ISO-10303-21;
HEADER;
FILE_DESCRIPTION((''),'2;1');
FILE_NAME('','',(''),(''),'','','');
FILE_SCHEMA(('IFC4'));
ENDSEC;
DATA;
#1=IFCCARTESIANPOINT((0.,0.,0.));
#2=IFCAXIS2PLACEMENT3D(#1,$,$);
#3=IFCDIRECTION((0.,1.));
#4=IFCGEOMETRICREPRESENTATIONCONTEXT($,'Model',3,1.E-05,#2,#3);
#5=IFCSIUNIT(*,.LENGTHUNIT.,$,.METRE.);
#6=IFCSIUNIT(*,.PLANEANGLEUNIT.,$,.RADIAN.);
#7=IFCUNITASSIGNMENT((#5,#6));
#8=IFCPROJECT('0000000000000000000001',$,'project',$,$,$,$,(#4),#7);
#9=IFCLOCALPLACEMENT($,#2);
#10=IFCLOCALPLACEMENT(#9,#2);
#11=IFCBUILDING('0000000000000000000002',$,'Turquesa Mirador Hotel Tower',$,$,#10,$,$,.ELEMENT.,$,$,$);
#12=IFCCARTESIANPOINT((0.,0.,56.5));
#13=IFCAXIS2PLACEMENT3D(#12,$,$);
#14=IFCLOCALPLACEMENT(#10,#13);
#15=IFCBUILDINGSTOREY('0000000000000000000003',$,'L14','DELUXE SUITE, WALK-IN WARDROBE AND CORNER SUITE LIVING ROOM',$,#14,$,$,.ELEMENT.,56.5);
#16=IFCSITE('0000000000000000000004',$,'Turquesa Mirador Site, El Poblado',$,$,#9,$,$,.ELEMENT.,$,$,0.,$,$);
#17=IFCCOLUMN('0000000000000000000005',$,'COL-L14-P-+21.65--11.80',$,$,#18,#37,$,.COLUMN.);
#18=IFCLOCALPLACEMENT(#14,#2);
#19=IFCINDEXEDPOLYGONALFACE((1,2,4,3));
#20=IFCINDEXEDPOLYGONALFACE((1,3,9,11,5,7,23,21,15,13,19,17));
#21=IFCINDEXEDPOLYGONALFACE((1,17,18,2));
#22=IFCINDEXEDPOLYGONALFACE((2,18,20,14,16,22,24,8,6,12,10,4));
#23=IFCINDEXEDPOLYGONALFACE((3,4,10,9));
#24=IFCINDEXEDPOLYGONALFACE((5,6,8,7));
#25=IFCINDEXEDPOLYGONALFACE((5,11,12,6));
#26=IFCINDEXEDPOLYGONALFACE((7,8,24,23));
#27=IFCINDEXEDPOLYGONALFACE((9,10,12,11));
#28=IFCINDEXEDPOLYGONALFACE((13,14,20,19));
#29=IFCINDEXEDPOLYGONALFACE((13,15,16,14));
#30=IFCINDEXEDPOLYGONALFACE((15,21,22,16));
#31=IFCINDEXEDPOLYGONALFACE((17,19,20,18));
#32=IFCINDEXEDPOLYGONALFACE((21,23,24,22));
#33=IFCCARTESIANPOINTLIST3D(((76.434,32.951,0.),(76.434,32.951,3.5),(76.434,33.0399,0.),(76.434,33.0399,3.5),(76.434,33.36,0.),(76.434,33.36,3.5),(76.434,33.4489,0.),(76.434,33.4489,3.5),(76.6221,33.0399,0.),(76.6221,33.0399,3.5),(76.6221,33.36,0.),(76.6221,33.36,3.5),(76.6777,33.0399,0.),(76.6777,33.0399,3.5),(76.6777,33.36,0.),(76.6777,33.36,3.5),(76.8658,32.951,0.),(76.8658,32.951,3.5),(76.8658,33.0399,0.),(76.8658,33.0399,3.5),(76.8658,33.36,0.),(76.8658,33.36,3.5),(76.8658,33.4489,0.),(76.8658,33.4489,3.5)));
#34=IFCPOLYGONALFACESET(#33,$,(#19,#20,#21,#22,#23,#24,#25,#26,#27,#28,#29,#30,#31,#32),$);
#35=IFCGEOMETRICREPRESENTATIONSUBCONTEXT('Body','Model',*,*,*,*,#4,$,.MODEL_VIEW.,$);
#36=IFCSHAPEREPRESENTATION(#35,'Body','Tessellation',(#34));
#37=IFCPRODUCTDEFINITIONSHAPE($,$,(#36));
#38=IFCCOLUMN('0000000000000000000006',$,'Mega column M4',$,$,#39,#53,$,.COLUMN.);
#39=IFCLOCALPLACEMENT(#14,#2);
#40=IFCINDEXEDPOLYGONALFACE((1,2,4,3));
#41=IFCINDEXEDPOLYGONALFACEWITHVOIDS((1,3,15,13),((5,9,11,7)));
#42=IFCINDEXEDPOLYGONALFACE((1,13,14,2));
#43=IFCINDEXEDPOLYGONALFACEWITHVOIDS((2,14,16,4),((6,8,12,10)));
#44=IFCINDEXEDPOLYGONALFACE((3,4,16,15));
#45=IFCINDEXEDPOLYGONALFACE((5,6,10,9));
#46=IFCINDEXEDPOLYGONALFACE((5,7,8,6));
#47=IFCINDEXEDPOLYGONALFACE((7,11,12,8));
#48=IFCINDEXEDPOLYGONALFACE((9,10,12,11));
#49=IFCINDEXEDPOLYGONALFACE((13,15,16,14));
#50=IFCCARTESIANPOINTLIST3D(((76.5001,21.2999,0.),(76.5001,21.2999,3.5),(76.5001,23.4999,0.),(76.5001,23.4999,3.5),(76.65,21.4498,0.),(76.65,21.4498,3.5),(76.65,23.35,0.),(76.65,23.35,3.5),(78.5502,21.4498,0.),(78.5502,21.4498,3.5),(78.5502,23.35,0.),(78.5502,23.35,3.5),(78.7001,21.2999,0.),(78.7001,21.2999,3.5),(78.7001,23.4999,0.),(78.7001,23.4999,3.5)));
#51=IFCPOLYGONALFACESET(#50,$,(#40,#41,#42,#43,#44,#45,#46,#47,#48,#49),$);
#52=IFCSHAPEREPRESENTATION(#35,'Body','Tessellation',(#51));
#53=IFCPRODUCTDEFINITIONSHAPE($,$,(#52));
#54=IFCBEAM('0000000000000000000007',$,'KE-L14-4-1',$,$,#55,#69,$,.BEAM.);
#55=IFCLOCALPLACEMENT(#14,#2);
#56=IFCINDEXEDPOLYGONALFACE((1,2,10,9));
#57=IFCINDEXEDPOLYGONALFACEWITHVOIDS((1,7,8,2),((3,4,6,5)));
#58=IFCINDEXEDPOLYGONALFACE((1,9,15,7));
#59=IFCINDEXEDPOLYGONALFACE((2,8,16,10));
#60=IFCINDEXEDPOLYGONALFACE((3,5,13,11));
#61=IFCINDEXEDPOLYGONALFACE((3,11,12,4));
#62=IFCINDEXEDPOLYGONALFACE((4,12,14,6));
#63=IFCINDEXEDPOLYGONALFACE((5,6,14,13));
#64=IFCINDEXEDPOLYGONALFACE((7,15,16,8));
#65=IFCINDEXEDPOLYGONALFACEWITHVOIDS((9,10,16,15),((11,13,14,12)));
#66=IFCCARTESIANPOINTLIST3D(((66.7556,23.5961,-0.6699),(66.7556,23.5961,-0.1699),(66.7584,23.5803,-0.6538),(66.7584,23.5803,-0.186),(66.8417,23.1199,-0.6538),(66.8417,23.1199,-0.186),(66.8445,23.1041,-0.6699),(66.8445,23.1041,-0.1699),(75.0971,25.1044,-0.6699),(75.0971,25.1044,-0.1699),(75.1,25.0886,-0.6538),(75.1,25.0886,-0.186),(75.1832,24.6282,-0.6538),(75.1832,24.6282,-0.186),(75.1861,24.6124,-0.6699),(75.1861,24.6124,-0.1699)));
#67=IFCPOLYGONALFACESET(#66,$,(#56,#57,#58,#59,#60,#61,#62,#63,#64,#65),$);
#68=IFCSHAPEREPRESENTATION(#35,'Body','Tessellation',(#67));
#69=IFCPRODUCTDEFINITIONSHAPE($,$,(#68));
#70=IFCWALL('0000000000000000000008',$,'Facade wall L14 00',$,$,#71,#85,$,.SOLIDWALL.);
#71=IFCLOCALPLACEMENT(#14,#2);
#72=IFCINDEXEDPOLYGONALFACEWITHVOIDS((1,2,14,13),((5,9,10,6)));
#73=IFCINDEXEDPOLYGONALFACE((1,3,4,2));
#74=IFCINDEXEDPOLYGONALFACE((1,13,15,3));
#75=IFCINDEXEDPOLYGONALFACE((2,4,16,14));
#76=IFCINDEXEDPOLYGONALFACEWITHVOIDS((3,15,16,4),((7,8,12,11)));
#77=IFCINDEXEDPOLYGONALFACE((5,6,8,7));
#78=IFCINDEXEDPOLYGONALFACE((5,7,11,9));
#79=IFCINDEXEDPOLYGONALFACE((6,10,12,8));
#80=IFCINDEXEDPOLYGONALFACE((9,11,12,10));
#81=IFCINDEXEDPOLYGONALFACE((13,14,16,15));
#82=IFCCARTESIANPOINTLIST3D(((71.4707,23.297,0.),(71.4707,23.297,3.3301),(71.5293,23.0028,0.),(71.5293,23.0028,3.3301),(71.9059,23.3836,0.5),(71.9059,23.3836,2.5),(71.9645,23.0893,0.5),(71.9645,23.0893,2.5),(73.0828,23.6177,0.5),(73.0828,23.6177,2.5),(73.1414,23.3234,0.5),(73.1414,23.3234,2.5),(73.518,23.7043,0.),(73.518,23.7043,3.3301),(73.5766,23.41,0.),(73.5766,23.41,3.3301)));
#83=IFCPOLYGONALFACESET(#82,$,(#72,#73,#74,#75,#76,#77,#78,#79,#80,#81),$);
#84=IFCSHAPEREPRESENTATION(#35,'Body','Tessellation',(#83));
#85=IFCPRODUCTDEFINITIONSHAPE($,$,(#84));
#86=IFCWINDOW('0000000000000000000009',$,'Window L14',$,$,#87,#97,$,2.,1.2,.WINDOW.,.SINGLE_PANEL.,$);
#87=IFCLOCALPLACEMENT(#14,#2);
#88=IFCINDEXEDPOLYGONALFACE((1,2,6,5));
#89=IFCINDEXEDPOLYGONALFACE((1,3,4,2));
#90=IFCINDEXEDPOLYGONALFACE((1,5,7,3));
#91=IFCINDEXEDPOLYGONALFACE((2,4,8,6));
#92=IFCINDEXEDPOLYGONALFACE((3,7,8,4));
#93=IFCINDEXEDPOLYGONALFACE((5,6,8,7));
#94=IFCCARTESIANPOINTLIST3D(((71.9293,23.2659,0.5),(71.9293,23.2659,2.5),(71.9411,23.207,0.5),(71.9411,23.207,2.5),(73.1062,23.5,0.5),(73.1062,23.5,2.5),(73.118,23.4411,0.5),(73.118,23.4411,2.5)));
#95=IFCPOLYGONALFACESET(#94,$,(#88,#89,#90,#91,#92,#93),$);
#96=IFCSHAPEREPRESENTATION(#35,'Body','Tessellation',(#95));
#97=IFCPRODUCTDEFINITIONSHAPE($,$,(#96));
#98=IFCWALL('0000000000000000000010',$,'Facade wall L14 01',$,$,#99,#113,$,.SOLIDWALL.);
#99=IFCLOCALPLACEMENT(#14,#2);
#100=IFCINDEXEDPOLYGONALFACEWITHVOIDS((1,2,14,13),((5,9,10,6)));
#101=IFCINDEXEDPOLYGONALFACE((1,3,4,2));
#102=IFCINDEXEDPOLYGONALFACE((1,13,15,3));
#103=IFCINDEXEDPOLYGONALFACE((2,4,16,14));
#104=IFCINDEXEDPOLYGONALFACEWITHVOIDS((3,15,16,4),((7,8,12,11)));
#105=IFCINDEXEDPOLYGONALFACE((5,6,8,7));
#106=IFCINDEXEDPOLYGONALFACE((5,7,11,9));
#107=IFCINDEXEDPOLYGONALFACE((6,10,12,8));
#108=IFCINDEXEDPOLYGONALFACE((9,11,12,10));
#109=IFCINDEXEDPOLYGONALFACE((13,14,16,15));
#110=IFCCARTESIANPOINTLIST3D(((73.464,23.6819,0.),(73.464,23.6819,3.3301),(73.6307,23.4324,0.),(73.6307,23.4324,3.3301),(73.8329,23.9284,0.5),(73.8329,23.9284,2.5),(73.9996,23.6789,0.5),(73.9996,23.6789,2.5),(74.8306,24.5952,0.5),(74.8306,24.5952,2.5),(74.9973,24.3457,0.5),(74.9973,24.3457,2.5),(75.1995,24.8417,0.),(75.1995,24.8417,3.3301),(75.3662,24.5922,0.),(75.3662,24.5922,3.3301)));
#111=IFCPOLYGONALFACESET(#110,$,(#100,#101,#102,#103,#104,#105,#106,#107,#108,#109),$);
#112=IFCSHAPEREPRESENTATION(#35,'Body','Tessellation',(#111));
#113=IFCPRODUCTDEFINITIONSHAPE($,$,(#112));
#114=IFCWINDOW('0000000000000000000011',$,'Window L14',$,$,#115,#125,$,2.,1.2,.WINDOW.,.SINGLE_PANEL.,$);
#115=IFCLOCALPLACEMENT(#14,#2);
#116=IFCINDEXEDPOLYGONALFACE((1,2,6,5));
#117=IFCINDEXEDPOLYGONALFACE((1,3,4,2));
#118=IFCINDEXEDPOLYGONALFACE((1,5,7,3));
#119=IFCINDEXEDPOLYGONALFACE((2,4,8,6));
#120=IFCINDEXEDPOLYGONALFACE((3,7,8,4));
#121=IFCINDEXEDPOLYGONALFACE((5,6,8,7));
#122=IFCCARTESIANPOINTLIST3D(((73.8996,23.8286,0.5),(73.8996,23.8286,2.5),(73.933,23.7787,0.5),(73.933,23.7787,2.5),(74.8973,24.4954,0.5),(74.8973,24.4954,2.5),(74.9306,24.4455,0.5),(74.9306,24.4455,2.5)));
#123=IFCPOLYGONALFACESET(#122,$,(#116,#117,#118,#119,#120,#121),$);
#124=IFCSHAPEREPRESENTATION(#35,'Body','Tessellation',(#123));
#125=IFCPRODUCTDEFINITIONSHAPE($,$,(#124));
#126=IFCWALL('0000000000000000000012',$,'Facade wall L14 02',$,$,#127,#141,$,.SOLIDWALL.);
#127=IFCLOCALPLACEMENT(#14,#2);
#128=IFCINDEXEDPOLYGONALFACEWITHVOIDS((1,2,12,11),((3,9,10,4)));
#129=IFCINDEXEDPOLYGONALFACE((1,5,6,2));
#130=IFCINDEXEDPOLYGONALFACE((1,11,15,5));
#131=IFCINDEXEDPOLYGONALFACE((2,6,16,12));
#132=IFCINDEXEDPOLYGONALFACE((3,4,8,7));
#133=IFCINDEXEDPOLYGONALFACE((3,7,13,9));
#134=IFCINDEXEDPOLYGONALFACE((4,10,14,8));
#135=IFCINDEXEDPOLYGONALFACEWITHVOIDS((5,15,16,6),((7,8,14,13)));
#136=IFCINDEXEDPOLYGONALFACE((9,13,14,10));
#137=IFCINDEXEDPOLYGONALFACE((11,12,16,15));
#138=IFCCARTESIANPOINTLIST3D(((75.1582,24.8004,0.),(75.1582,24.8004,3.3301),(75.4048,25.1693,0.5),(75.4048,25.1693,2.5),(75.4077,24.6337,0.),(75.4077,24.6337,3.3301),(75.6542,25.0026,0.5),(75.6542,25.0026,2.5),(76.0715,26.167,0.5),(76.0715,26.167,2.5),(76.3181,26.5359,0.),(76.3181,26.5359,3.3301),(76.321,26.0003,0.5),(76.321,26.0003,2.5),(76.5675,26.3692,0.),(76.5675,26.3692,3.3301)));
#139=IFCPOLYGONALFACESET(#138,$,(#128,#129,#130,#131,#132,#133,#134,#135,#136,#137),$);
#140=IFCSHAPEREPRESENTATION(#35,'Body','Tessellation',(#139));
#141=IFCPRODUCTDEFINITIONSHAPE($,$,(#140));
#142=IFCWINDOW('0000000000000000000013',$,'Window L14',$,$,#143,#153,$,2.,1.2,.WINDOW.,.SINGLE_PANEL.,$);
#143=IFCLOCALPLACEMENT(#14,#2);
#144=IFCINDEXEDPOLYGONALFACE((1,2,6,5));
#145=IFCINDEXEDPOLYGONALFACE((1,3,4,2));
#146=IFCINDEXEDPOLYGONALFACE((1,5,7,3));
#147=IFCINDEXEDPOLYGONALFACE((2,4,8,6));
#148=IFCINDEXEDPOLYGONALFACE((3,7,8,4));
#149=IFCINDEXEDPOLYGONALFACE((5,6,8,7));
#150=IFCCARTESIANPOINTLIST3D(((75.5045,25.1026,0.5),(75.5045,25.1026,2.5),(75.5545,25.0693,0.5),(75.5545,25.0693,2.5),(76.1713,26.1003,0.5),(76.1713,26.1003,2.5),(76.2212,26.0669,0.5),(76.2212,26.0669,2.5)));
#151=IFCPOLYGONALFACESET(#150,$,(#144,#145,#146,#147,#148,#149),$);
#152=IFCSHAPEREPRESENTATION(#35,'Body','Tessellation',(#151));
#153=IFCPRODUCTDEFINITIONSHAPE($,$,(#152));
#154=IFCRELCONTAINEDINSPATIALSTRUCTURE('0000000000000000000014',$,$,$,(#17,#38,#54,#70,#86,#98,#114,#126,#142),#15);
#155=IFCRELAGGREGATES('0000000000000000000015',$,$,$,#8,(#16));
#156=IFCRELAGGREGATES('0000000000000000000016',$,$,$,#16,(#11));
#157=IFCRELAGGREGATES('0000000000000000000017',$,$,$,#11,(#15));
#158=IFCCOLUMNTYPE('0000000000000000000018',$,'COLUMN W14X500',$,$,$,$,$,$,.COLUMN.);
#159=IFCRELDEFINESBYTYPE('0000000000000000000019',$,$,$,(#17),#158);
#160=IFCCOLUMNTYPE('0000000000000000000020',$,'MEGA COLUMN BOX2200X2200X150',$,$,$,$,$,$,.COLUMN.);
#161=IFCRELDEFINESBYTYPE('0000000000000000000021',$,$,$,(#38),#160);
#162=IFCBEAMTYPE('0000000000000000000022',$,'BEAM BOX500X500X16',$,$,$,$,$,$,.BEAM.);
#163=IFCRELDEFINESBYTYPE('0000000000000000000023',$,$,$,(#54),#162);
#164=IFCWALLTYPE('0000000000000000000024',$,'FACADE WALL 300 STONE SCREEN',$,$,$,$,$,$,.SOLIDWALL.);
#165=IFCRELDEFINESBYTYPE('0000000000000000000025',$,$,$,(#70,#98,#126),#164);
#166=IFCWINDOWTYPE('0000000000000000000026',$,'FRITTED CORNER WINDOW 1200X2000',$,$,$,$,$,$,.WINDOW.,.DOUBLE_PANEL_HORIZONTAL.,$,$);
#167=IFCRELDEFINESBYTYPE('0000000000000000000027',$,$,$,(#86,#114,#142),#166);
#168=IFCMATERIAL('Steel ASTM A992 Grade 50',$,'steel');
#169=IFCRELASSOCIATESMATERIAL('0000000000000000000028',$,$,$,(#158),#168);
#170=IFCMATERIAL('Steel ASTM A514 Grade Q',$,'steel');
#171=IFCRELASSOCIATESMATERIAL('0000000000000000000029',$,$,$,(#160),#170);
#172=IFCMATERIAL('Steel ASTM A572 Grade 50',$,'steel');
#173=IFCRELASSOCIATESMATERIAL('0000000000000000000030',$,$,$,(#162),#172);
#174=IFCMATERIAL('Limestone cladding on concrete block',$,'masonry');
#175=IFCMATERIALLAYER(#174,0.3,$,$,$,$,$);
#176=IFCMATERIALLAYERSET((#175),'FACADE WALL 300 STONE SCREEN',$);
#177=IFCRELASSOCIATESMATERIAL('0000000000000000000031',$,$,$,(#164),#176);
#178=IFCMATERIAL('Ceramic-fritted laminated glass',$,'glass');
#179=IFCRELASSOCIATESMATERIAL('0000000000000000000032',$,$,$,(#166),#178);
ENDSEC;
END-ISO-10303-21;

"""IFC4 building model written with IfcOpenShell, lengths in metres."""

from ifc_helpers import new_model, si_unit, direction, frame, frame_2d, origin, origin_2d, place, context, subcontext, project, spatial, rectangle, hollow_rectangle, i_section, extrude, material, layer, layer_set, material_profile, profile_set, type_object, element, fill, save


model = new_model("IFC4")

# Units and contexts
model_context = context("Model", 3, precision=1e-05, world=origin(), true_north=direction((0.0, 1.0)))
body_context = subcontext(model_context, "Body", "Model", "MODEL_VIEW")
ifc_project = project(units=[si_unit("LENGTHUNIT", "METRE"), si_unit("PLANEANGLEUNIT", "RADIAN")], contexts=[model_context])

# Site, building, storey
site_placement = place(None, origin())
site = spatial("IfcSite", under=ifc_project, at=site_placement, Name="Turquesa Mirador Site, El Poblado", CompositionType="ELEMENT", RefElevation=0.0)
building_placement = place(site_placement, origin())
building = spatial("IfcBuilding", under=site, at=building_placement, Name="Turquesa Mirador Hotel Tower", CompositionType="ELEMENT")
storey_placement = place(building_placement, frame((0.0, 0.0, 56.5)))
storey = spatial("IfcBuildingStorey", under=building, at=storey_placement, Name="L14", Description="DELUXE SUITE, WALK-IN WARDROBE AND CORNER SUITE LIVING ROOM", CompositionType="ELEMENT", Elevation=56.5)

# Columns
ifc_material_1 = material(Name="Steel ASTM A992 Grade 50", Category="steel")
ifc_material_profile_1 = material_profile(ifc_material_1, i_section(OverallWidth=0.4319, OverallDepth=0.4978, WebThickness=0.0557, FlangeThickness=0.0889, at=origin_2d()), Name="W14X500")
ifc_profile_set_1 = profile_set([ifc_material_profile_1], Name="Steel ASTM A992 Grade 50")
column_type_1 = type_object("IfcColumnType", Name="COLUMN W14X500", PredefinedType="COLUMN", material=ifc_profile_set_1)
column_1_placement = place(storey_placement, frame((76.6499, 33.2, 0.0), z_axis=(0.0, 0.0, 1.0), x_axis=(1.0, 0.0, 0.0)))
element("IfcColumn", 1, at=column_1_placement, inside=storey, type_object=column_type_1, Name="COL-L14-P-+21.65--11.80", PredefinedType="COLUMN", context=body_context, shape_type="SweptSolid", body=[
    extrude(i_section(OverallWidth=0.4319, OverallDepth=0.4978, WebThickness=0.0557, FlangeThickness=0.0889, at=origin_2d()), origin(), (0.0, 0.0, 1.0), 3.5),
])
ifc_material_2 = material(Name="Steel ASTM A514 Grade Q", Category="steel")
ifc_material_profile_2 = material_profile(ifc_material_2, hollow_rectangle(XDim=2.2, YDim=2.2, WallThickness=0.1499, at=origin_2d()), Name="BOX2200X2200X150")
ifc_profile_set_2 = profile_set([ifc_material_profile_2], Name="Steel ASTM A514 Grade Q")
column_type_2 = type_object("IfcColumnType", Name="MEGA COLUMN BOX2200X2200X150", PredefinedType="COLUMN", material=ifc_profile_set_2)
column_2_placement = place(storey_placement, frame((77.6001, 22.3999, 0.0), z_axis=(0.0, 0.0, 1.0), x_axis=(1.0, 0.0, 0.0)))
element("IfcColumn", 2, at=column_2_placement, inside=storey, type_object=column_type_2, Name="Mega column M4", PredefinedType="COLUMN", context=body_context, shape_type="SweptSolid", body=[
    extrude(hollow_rectangle(XDim=2.2, YDim=2.2, WallThickness=0.1499, at=origin_2d()), origin(), (0.0, 0.0, 1.0), 3.5),
])

# Beam
ifc_material_3 = material(Name="Steel ASTM A572 Grade 50", Category="steel")
ifc_material_profile_3 = material_profile(ifc_material_3, hollow_rectangle(XDim=0.5, YDim=0.5, WallThickness=0.0161, at=origin_2d()), Name="BOX500X500X16")
ifc_profile_set_3 = profile_set([ifc_material_profile_3], Name="Steel ASTM A572 Grade 50")
beam_type = type_object("IfcBeamType", Name="BEAM BOX500X500X16", PredefinedType="BEAM", material=ifc_profile_set_3)
beam_placement = place(storey_placement, frame((75.1416, 24.8584, -0.4199), z_axis=(-0.984043, -0.177932, 0.0), x_axis=(0.177932, -0.984043, 0.0)))
element("IfcBeam", 3, at=beam_placement, inside=storey, type_object=beam_type, Name="KE-L14-4-1", PredefinedType="BEAM", context=body_context, shape_type="SweptSolid", body=[
    extrude(hollow_rectangle(XDim=0.5, YDim=0.5, WallThickness=0.0161, at=origin_2d()), origin(), (0.0, 0.0, 1.0), 8.4768),
])

# Walls, openings, windows
ifc_material_4 = material(Name="Limestone cladding on concrete block", Category="masonry")
ifc_layer_1 = layer(ifc_material_4, 0.3)
ifc_layer_set_1 = layer_set([ifc_layer_1], Name="FACADE WALL 300 STONE SCREEN")
wall_type_1 = type_object("IfcWallType", Name="FACADE WALL 300 STONE SCREEN", PredefinedType="SOLIDWALL", material=ifc_layer_set_1)
wall_1_placement = place(storey_placement, frame((71.5, 23.1499, 0.0), z_axis=(0.0, 0.0, 1.0), x_axis=(0.980787, 0.195081, 0.0)))
wall_1 = element("IfcWall", 4, at=wall_1_placement, inside=storey, type_object=wall_type_1, Name="Facade wall L14 00", PredefinedType="SOLIDWALL", context=body_context, shape_type="SweptSolid", body=[
    extrude(rectangle(XDim=2.0874, YDim=0.3, at=frame_2d((1.0437, 0.0))), origin(), (0.0, 0.0, 1.0), 3.3301),
])
opening_1_placement = place(wall_1_placement, frame((0.4436, 0.0, 0.5)))
opening_1 = element("IfcOpeningElement", 5, at=opening_1_placement, cuts=wall_1, PredefinedType="OPENING", context=body_context, shape_type="SweptSolid", body=[
    extrude(rectangle(XDim=1.2, YDim=2.0, at=frame_2d((0.6001, 1.0))), frame((0.0, 0.1599, 0.0), z_axis=(0.0, -1.0, 0.0), x_axis=(1.0, 0.0, 0.0)), (0.0, 0.0, 1.0), 0.3201),
])
ifc_material_5 = material(Name="Ceramic-fritted laminated glass", Category="glass")
window_type_1 = type_object("IfcWindowType", Name="FRITTED CORNER WINDOW 1200X2000", PartitioningType="DOUBLE_PANEL_HORIZONTAL", PredefinedType="WINDOW", material=ifc_material_5)
window_1_placement = place(opening_1_placement, origin())
window_1 = element("IfcWindow", 6, at=window_1_placement, inside=storey, type_object=window_type_1, Name="Window L14", OverallHeight=2.0, OverallWidth=1.2, PartitioningType="SINGLE_PANEL", PredefinedType="WINDOW", context=body_context, shape_type="SweptSolid", body=[
    extrude(rectangle(XDim=1.2, YDim=2.0, at=frame_2d((0.6001, 1.0))), frame((0.0, 0.03, 0.0), z_axis=(0.0, -1.0, 0.0), x_axis=(1.0, 0.0, 0.0)), (0.0, 0.0, 1.0), 0.0601),
])
fill(opening_1, window_1)
wall_2_placement = place(storey_placement, frame((73.5474, 23.5571, 0.0), z_axis=(0.0, 0.0, 1.0), x_axis=(0.83142, 0.555644, 0.0)))
wall_2 = element("IfcWall", 7, at=wall_2_placement, inside=storey, type_object=wall_type_1, Name="Facade wall L14 01", PredefinedType="SOLIDWALL", context=body_context, shape_type="SweptSolid", body=[
    extrude(rectangle(XDim=2.0874, YDim=0.3, at=frame_2d((1.0437, 0.0))), origin(), (0.0, 0.0, 1.0), 3.3301),
])
opening_2_placement = place(wall_2_placement, frame((0.4436, 0.0, 0.5)))
opening_2 = element("IfcOpeningElement", 8, at=opening_2_placement, cuts=wall_2, PredefinedType="OPENING", context=body_context, shape_type="SweptSolid", body=[
    extrude(rectangle(XDim=1.2, YDim=2.0, at=frame_2d((0.6001, 1.0))), frame((0.0, 0.1599, 0.0), z_axis=(0.0, -1.0, 0.0), x_axis=(1.0, 0.0, 0.0)), (0.0, 0.0, 1.0), 0.3201),
])
window_2_placement = place(opening_2_placement, origin())
window_2 = element("IfcWindow", 9, at=window_2_placement, inside=storey, type_object=window_type_1, Name="Window L14", OverallHeight=2.0, OverallWidth=1.2, PartitioningType="SINGLE_PANEL", PredefinedType="WINDOW", context=body_context, shape_type="SweptSolid", body=[
    extrude(rectangle(XDim=1.2, YDim=2.0, at=frame_2d((0.6001, 1.0))), frame((0.0, 0.03, 0.0), z_axis=(0.0, -1.0, 0.0), x_axis=(1.0, 0.0, 0.0)), (0.0, 0.0, 1.0), 0.0601),
])
fill(opening_2, window_2)
wall_3_placement = place(storey_placement, frame((75.283, 24.717, 0.0), z_axis=(0.0, 0.0, 1.0), x_axis=(0.555644, 0.83142, 0.0)))
wall_3 = element("IfcWall", 10, at=wall_3_placement, inside=storey, type_object=wall_type_1, Name="Facade wall L14 02", PredefinedType="SOLIDWALL", context=body_context, shape_type="SweptSolid", body=[
    extrude(rectangle(XDim=2.0874, YDim=0.3, at=frame_2d((1.0437, 0.0))), origin(), (0.0, 0.0, 1.0), 3.3301),
])
opening_3_placement = place(wall_3_placement, frame((0.4436, 0.0, 0.5)))
opening_3 = element("IfcOpeningElement", 11, at=opening_3_placement, cuts=wall_3, PredefinedType="OPENING", context=body_context, shape_type="SweptSolid", body=[
    extrude(rectangle(XDim=1.2, YDim=2.0, at=frame_2d((0.6001, 1.0))), frame((0.0, 0.1599, 0.0), z_axis=(0.0, -1.0, 0.0), x_axis=(1.0, 0.0, 0.0)), (0.0, 0.0, 1.0), 0.3201),
])
window_3_placement = place(opening_3_placement, origin())
window_3 = element("IfcWindow", 12, at=window_3_placement, inside=storey, type_object=window_type_1, Name="Window L14", OverallHeight=2.0, OverallWidth=1.2, PartitioningType="SINGLE_PANEL", PredefinedType="WINDOW", context=body_context, shape_type="SweptSolid", body=[
    extrude(rectangle(XDim=1.2, YDim=2.0, at=frame_2d((0.6001, 1.0))), frame((0.0, 0.03, 0.0), z_axis=(0.0, -1.0, 0.0), x_axis=(1.0, 0.0, 0.0)), (0.0, 0.0, 1.0), 0.0601),
])
fill(opening_3, window_3)

save(model, "model.ifc")
